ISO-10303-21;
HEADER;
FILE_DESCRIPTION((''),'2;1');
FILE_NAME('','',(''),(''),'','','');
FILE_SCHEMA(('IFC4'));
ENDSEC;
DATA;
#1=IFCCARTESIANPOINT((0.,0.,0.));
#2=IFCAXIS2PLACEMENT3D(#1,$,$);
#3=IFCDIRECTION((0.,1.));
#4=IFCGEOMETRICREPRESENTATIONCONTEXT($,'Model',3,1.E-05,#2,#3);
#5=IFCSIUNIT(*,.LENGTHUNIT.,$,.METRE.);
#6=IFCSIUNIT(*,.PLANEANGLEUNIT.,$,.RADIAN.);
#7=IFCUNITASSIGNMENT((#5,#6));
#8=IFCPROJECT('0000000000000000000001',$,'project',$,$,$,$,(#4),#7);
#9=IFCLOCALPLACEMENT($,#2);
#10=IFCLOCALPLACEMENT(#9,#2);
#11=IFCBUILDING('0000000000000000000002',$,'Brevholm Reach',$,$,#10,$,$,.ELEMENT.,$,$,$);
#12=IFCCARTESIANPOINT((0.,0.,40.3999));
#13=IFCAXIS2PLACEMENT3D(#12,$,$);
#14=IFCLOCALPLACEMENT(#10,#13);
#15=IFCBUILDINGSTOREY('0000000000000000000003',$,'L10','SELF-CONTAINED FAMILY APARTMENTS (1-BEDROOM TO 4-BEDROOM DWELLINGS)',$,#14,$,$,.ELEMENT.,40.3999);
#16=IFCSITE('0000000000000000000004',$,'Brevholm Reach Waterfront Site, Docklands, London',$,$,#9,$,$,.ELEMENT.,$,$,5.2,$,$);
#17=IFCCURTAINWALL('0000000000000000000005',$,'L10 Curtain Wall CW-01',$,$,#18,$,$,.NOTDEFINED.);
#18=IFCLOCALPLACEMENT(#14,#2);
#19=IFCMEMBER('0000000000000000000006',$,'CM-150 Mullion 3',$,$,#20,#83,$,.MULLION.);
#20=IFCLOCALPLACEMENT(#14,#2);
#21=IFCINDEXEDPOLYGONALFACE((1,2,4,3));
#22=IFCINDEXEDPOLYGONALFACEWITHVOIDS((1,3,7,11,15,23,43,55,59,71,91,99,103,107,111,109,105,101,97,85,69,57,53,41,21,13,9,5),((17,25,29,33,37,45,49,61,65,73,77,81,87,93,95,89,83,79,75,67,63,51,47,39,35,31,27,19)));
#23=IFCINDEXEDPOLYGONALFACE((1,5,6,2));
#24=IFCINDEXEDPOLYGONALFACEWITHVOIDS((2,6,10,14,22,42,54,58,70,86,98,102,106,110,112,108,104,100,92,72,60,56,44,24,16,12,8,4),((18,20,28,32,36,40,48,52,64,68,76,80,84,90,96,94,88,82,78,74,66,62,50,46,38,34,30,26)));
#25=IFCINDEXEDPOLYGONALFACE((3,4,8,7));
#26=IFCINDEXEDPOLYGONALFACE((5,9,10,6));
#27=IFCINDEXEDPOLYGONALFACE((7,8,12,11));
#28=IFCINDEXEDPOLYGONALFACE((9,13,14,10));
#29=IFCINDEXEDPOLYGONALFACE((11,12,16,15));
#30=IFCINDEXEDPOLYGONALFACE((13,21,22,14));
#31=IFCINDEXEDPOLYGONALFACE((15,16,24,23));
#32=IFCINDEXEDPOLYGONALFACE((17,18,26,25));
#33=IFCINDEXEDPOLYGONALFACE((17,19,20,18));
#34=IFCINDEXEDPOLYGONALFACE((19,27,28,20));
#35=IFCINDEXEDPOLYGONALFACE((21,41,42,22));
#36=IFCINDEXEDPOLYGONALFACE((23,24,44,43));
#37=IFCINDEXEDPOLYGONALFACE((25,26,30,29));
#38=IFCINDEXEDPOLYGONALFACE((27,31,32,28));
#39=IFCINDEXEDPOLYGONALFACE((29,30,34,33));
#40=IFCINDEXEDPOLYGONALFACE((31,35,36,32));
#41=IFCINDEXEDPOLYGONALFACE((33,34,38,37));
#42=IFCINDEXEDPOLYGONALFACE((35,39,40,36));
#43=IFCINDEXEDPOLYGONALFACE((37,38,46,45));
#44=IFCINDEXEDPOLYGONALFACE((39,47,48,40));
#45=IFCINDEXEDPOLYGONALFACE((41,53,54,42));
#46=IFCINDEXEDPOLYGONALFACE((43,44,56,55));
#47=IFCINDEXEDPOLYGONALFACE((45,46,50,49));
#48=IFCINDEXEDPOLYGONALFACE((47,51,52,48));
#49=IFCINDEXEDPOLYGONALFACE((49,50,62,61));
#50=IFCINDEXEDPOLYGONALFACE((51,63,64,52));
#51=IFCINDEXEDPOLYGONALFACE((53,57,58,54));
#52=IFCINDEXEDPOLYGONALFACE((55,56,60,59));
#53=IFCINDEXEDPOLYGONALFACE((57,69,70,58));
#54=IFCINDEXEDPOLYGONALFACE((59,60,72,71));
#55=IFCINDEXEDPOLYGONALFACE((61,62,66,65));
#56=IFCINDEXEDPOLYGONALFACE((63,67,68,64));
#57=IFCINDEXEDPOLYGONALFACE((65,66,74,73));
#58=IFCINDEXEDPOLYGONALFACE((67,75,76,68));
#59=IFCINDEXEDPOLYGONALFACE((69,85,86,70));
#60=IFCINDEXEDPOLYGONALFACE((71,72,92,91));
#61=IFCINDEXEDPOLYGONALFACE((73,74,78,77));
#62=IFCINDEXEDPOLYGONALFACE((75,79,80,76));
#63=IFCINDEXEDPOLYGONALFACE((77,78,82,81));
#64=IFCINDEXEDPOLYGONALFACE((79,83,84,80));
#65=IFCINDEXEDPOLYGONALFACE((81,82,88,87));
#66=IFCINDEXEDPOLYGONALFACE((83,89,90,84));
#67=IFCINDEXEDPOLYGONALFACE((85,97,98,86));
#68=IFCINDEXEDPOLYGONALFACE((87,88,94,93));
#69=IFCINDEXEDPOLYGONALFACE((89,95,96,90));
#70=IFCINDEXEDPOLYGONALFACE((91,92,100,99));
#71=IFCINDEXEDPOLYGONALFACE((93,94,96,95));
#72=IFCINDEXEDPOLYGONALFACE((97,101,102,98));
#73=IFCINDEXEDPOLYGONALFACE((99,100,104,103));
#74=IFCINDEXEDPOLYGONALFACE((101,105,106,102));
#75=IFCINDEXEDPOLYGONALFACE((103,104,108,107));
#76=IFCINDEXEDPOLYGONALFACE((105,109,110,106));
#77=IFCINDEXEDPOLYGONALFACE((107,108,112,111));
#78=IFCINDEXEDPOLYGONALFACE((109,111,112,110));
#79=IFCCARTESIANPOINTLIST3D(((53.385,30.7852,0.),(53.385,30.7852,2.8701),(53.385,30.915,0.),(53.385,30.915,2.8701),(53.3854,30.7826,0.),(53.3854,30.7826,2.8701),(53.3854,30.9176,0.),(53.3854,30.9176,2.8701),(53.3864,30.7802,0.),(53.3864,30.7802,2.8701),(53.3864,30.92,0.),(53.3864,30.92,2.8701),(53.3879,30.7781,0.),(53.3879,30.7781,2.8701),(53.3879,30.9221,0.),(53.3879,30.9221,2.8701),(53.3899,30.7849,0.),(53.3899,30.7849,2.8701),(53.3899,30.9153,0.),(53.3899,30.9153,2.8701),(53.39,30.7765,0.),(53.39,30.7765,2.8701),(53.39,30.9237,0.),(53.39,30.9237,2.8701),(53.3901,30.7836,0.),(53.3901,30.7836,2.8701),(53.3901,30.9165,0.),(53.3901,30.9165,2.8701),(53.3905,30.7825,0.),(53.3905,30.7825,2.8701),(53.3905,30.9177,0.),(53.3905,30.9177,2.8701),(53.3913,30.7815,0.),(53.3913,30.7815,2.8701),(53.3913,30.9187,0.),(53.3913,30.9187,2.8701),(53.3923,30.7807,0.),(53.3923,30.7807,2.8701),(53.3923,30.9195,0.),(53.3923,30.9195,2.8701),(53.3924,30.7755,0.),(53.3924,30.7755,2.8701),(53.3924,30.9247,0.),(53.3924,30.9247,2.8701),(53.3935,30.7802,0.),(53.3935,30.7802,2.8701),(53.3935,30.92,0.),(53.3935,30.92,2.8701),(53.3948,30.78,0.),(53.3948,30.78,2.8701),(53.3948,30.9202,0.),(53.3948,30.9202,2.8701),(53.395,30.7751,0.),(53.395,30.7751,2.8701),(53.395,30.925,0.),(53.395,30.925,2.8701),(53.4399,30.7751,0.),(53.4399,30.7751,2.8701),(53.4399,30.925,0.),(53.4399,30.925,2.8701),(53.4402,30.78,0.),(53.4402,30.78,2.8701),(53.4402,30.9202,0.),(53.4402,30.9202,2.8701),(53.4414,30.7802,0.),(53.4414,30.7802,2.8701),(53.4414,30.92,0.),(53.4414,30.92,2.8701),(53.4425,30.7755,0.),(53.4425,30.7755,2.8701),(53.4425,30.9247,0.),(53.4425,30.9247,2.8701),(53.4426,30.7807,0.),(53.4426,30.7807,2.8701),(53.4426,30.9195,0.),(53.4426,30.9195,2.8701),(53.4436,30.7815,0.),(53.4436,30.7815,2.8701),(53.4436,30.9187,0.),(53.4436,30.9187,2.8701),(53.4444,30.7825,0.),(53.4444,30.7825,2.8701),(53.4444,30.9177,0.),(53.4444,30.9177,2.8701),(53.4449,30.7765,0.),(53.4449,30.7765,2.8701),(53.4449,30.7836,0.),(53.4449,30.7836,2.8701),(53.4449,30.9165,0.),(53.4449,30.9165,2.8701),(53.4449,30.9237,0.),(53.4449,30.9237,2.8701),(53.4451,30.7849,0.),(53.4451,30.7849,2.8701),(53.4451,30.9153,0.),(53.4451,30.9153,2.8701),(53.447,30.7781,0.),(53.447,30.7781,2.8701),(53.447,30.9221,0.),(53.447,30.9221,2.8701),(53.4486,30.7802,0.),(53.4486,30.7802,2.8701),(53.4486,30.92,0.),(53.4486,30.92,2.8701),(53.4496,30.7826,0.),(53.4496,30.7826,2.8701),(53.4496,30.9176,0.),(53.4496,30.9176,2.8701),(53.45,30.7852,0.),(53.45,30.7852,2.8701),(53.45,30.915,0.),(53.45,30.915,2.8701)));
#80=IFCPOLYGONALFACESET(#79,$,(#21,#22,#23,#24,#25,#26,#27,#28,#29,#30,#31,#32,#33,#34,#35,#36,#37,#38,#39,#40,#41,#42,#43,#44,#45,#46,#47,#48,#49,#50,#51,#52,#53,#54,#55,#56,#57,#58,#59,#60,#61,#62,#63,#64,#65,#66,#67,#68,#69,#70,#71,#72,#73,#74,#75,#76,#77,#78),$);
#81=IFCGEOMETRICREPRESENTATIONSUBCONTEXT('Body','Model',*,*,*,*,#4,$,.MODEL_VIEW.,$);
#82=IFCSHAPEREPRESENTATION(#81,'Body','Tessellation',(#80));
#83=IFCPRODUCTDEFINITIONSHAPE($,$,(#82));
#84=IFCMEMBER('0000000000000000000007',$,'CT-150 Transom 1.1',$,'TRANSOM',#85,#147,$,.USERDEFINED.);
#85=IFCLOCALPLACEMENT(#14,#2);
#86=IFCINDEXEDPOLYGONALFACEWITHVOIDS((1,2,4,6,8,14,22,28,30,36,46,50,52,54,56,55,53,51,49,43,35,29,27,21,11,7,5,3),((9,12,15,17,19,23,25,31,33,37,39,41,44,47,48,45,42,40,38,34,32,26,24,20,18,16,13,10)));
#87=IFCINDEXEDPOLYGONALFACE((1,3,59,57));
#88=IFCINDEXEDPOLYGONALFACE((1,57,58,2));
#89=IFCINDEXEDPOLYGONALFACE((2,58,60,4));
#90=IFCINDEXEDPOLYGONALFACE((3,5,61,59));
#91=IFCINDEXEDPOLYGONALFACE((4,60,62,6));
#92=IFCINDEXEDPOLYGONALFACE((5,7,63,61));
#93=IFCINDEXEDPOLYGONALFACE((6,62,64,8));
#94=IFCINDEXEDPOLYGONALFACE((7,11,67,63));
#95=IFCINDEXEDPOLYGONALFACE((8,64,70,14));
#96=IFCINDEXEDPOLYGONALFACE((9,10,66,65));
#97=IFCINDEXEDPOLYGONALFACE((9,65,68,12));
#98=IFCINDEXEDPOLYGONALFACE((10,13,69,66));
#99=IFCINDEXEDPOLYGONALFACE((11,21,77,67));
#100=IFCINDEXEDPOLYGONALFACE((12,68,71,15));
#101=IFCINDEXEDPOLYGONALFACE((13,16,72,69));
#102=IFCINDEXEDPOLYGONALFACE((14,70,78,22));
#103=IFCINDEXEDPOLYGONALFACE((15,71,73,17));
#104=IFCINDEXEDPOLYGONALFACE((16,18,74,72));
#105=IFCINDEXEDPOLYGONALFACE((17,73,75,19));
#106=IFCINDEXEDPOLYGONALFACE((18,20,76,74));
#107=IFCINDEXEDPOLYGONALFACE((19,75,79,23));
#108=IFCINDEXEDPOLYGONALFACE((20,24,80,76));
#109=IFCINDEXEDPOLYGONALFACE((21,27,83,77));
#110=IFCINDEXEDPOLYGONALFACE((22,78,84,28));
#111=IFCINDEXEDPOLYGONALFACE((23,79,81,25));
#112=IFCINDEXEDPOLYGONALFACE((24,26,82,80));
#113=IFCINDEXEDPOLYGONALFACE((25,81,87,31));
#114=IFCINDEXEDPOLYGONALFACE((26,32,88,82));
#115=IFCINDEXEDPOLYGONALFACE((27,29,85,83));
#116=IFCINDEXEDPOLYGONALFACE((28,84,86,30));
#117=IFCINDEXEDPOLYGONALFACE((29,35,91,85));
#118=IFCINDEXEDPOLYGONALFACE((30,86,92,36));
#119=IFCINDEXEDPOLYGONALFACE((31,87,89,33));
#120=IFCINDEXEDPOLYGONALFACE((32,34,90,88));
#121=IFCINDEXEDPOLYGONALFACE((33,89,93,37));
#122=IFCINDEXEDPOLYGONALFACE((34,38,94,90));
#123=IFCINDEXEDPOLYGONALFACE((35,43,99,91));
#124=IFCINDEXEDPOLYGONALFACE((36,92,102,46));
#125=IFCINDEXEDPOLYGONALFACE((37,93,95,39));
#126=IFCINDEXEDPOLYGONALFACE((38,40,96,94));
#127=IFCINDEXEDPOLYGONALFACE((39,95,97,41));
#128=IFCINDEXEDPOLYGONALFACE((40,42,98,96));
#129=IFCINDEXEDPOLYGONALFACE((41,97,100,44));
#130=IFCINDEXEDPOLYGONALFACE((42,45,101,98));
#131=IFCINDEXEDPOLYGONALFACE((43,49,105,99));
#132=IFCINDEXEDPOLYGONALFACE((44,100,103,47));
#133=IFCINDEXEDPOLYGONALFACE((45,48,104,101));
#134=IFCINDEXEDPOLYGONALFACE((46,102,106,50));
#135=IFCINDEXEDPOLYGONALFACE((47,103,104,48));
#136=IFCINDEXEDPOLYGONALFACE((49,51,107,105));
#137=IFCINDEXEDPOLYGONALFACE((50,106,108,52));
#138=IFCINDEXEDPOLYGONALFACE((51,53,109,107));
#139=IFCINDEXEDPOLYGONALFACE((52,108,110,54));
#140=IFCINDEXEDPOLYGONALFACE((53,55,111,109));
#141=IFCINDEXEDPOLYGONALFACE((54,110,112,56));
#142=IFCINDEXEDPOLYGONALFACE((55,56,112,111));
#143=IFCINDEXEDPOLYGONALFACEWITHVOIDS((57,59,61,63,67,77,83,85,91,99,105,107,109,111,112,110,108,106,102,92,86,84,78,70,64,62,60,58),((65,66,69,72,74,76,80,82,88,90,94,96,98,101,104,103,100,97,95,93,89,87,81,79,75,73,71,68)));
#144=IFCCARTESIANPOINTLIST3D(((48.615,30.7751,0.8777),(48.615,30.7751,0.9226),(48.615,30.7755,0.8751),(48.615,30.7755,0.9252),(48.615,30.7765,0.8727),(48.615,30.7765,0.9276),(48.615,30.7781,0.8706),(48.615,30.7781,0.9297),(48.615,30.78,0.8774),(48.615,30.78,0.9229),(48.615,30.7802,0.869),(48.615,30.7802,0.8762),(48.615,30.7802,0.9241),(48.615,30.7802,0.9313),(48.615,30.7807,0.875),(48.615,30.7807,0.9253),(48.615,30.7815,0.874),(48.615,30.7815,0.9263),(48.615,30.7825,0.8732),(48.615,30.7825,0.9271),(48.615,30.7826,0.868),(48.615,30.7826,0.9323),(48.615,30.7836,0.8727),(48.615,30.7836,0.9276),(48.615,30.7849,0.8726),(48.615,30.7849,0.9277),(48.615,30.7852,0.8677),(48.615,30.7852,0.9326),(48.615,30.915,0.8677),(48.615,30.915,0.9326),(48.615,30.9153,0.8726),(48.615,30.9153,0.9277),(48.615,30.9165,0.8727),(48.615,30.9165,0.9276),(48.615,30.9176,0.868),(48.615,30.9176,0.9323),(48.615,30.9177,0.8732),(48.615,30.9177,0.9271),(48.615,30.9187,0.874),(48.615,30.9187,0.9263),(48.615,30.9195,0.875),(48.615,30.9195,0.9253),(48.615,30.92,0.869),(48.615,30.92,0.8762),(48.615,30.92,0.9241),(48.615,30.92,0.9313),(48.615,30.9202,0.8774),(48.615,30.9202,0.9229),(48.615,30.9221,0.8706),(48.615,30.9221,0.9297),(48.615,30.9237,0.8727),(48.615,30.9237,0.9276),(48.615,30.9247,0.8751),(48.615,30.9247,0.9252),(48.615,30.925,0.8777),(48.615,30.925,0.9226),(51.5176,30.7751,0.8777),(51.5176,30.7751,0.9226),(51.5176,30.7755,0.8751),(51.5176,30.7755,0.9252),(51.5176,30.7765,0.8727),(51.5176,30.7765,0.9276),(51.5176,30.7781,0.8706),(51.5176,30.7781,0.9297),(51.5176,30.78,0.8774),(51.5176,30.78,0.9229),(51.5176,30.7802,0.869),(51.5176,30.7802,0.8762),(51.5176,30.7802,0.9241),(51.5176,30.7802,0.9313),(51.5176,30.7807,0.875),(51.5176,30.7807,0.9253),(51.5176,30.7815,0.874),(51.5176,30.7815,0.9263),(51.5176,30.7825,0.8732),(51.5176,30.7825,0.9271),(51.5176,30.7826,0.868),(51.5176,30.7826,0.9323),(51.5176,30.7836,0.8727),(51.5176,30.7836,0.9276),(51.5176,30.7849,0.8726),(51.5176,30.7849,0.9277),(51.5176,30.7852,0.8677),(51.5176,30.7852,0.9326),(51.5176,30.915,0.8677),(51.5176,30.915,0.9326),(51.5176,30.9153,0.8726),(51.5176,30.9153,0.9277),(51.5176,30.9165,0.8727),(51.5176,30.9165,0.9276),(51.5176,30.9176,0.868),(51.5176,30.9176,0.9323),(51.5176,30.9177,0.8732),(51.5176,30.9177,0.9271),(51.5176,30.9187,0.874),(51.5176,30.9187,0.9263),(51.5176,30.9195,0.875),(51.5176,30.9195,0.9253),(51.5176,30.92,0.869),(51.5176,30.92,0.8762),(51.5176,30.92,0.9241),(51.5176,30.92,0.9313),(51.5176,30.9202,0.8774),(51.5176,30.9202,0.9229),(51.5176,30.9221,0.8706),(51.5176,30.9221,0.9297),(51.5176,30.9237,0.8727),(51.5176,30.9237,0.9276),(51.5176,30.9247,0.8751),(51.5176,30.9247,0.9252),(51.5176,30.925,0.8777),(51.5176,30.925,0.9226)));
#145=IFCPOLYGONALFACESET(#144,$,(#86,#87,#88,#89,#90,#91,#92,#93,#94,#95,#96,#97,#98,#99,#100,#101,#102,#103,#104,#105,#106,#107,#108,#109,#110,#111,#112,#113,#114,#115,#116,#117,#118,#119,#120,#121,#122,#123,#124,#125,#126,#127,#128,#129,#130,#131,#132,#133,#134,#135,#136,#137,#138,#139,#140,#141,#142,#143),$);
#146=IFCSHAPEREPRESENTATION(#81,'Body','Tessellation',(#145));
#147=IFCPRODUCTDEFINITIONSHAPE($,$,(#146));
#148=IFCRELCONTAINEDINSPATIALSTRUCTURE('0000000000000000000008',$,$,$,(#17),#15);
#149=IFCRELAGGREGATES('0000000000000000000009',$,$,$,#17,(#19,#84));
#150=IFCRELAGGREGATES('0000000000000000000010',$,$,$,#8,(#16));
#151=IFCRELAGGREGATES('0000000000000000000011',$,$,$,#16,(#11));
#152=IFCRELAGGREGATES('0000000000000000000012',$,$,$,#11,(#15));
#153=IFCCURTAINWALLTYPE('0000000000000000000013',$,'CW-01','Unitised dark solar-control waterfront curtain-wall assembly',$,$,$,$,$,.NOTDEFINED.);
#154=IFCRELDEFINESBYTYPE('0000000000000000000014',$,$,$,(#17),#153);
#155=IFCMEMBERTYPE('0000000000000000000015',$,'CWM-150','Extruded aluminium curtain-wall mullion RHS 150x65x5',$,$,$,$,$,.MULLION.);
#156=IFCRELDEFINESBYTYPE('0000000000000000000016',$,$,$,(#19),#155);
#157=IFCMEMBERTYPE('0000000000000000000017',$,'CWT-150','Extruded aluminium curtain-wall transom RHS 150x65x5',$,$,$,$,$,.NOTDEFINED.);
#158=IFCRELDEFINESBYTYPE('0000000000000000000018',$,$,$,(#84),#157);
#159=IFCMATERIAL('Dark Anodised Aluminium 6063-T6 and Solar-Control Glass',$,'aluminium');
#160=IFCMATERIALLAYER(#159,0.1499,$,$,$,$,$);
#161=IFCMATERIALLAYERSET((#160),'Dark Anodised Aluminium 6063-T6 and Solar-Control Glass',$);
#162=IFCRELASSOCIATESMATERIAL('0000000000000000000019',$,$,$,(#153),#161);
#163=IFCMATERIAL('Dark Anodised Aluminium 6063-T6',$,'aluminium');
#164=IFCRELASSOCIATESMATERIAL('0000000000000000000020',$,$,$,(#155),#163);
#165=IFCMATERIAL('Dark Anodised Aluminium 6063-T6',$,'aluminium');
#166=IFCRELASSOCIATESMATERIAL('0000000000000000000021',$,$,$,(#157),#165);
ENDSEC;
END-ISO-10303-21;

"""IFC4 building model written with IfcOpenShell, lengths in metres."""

from ifc_helpers import new_model, si_unit, direction, frame, origin, origin_2d, place, context, subcontext, project, spatial, hollow_rectangle, extrude, material, layer, layer_set, material_profile, profile_set, type_object, element, aggregate, save


model = new_model("IFC4")

# Units and contexts
model_context = context("Model", 3, precision=1e-05, world=origin(), true_north=direction((0.0, 1.0)))
body_context = subcontext(model_context, "Body", "Model", "MODEL_VIEW")
ifc_project = project(units=[si_unit("LENGTHUNIT", "METRE"), si_unit("PLANEANGLEUNIT", "RADIAN")], contexts=[model_context])

# Site, building, storey
site_placement = place(None, origin())
site = spatial("IfcSite", under=ifc_project, at=site_placement, Name="Brevholm Reach Waterfront Site, Docklands, London", CompositionType="ELEMENT", RefElevation=5.2)
building_placement = place(site_placement, origin())
building = spatial("IfcBuilding", under=site, at=building_placement, Name="Brevholm Reach", CompositionType="ELEMENT")
storey_placement = place(building_placement, frame((0.0, 0.0, 40.3999)))
storey = spatial("IfcBuildingStorey", under=building, at=storey_placement, Name="L10", Description="SELF-CONTAINED FAMILY APARTMENTS (1-BEDROOM TO 4-BEDROOM DWELLINGS)", CompositionType="ELEMENT", Elevation=40.3999)

# Curtain wall, members
ifc_material_1 = material(Name="Dark Anodised Aluminium 6063-T6 and Solar-Control Glass", Category="aluminium")
ifc_layer_1 = layer(ifc_material_1, 0.1499)
ifc_layer_set_1 = layer_set([ifc_layer_1], Name="Dark Anodised Aluminium 6063-T6 and Solar-Control Glass")
curtain_wall_type = type_object("IfcCurtainWallType", Name="CW-01", Description="Unitised dark solar-control waterfront curtain-wall assembly", PredefinedType="NOTDEFINED", material=ifc_layer_set_1)
curtain_wall_placement = place(storey_placement, origin())
curtain_wall = element("IfcCurtainWall", 1, at=curtain_wall_placement, inside=storey, type_object=curtain_wall_type, Name="L10 Curtain Wall CW-01", PredefinedType="NOTDEFINED")
ifc_material_2 = material(Name="Dark Anodised Aluminium 6063-T6", Category="aluminium")
ifc_material_profile_1 = material_profile(ifc_material_2, hollow_rectangle(XDim=0.0649, YDim=0.1499, WallThickness=0.0049, InnerFilletRadius=0.0049, OuterFilletRadius=0.01, at=origin_2d()), Name="RHS 150x65x5")
ifc_profile_set_1 = profile_set([ifc_material_profile_1], Name="Dark Anodised Aluminium 6063-T6")
member_type_1 = type_object("IfcMemberType", Name="CWM-150", Description="Extruded aluminium curtain-wall mullion RHS 150x65x5", PredefinedType="MULLION", material=ifc_profile_set_1)
member_1_placement = place(storey_placement, frame((53.4175, 30.8501, 0.0), z_axis=(0.0, 0.0, 1.0), x_axis=(1.0, 0.0, 0.0)))
member_1 = element("IfcMember", 2, at=member_1_placement, type_object=member_type_1, Name="CM-150 Mullion 3", PredefinedType="MULLION", context=body_context, shape_type="SweptSolid", body=[
    extrude(hollow_rectangle(XDim=0.0649, YDim=0.1499, WallThickness=0.0049, InnerFilletRadius=0.0049, OuterFilletRadius=0.01, at=origin_2d()), origin(), (0.0, 0.0, 1.0), 2.8701),
])
ifc_material_3 = material(Name="Dark Anodised Aluminium 6063-T6", Category="aluminium")
ifc_material_profile_2 = material_profile(ifc_material_3, hollow_rectangle(XDim=0.0649, YDim=0.1499, WallThickness=0.0049, InnerFilletRadius=0.0049, OuterFilletRadius=0.01, at=origin_2d()), Name="RHS 150x65x5")
ifc_profile_set_2 = profile_set([ifc_material_profile_2], Name="Dark Anodised Aluminium 6063-T6")
member_type_2 = type_object("IfcMemberType", Name="CWT-150", Description="Extruded aluminium curtain-wall transom RHS 150x65x5", PredefinedType="NOTDEFINED", material=ifc_profile_set_2)
member_2_placement = place(storey_placement, frame((48.615, 30.8501, 0.9001), z_axis=(1.0, 0.0, 0.0), x_axis=(0.0, 0.0, 1.0)))
member_2 = element("IfcMember", 3, at=member_2_placement, type_object=member_type_2, Name="CT-150 Transom 1.1", ObjectType="TRANSOM", PredefinedType="USERDEFINED", context=body_context, shape_type="SweptSolid", body=[
    extrude(hollow_rectangle(XDim=0.0649, YDim=0.1499, WallThickness=0.0049, InnerFilletRadius=0.0049, OuterFilletRadius=0.01, at=origin_2d()), origin(), (0.0, 0.0, 1.0), 2.9026),
])
aggregate(curtain_wall, [member_1, member_2])

save(model, "model.ifc")
